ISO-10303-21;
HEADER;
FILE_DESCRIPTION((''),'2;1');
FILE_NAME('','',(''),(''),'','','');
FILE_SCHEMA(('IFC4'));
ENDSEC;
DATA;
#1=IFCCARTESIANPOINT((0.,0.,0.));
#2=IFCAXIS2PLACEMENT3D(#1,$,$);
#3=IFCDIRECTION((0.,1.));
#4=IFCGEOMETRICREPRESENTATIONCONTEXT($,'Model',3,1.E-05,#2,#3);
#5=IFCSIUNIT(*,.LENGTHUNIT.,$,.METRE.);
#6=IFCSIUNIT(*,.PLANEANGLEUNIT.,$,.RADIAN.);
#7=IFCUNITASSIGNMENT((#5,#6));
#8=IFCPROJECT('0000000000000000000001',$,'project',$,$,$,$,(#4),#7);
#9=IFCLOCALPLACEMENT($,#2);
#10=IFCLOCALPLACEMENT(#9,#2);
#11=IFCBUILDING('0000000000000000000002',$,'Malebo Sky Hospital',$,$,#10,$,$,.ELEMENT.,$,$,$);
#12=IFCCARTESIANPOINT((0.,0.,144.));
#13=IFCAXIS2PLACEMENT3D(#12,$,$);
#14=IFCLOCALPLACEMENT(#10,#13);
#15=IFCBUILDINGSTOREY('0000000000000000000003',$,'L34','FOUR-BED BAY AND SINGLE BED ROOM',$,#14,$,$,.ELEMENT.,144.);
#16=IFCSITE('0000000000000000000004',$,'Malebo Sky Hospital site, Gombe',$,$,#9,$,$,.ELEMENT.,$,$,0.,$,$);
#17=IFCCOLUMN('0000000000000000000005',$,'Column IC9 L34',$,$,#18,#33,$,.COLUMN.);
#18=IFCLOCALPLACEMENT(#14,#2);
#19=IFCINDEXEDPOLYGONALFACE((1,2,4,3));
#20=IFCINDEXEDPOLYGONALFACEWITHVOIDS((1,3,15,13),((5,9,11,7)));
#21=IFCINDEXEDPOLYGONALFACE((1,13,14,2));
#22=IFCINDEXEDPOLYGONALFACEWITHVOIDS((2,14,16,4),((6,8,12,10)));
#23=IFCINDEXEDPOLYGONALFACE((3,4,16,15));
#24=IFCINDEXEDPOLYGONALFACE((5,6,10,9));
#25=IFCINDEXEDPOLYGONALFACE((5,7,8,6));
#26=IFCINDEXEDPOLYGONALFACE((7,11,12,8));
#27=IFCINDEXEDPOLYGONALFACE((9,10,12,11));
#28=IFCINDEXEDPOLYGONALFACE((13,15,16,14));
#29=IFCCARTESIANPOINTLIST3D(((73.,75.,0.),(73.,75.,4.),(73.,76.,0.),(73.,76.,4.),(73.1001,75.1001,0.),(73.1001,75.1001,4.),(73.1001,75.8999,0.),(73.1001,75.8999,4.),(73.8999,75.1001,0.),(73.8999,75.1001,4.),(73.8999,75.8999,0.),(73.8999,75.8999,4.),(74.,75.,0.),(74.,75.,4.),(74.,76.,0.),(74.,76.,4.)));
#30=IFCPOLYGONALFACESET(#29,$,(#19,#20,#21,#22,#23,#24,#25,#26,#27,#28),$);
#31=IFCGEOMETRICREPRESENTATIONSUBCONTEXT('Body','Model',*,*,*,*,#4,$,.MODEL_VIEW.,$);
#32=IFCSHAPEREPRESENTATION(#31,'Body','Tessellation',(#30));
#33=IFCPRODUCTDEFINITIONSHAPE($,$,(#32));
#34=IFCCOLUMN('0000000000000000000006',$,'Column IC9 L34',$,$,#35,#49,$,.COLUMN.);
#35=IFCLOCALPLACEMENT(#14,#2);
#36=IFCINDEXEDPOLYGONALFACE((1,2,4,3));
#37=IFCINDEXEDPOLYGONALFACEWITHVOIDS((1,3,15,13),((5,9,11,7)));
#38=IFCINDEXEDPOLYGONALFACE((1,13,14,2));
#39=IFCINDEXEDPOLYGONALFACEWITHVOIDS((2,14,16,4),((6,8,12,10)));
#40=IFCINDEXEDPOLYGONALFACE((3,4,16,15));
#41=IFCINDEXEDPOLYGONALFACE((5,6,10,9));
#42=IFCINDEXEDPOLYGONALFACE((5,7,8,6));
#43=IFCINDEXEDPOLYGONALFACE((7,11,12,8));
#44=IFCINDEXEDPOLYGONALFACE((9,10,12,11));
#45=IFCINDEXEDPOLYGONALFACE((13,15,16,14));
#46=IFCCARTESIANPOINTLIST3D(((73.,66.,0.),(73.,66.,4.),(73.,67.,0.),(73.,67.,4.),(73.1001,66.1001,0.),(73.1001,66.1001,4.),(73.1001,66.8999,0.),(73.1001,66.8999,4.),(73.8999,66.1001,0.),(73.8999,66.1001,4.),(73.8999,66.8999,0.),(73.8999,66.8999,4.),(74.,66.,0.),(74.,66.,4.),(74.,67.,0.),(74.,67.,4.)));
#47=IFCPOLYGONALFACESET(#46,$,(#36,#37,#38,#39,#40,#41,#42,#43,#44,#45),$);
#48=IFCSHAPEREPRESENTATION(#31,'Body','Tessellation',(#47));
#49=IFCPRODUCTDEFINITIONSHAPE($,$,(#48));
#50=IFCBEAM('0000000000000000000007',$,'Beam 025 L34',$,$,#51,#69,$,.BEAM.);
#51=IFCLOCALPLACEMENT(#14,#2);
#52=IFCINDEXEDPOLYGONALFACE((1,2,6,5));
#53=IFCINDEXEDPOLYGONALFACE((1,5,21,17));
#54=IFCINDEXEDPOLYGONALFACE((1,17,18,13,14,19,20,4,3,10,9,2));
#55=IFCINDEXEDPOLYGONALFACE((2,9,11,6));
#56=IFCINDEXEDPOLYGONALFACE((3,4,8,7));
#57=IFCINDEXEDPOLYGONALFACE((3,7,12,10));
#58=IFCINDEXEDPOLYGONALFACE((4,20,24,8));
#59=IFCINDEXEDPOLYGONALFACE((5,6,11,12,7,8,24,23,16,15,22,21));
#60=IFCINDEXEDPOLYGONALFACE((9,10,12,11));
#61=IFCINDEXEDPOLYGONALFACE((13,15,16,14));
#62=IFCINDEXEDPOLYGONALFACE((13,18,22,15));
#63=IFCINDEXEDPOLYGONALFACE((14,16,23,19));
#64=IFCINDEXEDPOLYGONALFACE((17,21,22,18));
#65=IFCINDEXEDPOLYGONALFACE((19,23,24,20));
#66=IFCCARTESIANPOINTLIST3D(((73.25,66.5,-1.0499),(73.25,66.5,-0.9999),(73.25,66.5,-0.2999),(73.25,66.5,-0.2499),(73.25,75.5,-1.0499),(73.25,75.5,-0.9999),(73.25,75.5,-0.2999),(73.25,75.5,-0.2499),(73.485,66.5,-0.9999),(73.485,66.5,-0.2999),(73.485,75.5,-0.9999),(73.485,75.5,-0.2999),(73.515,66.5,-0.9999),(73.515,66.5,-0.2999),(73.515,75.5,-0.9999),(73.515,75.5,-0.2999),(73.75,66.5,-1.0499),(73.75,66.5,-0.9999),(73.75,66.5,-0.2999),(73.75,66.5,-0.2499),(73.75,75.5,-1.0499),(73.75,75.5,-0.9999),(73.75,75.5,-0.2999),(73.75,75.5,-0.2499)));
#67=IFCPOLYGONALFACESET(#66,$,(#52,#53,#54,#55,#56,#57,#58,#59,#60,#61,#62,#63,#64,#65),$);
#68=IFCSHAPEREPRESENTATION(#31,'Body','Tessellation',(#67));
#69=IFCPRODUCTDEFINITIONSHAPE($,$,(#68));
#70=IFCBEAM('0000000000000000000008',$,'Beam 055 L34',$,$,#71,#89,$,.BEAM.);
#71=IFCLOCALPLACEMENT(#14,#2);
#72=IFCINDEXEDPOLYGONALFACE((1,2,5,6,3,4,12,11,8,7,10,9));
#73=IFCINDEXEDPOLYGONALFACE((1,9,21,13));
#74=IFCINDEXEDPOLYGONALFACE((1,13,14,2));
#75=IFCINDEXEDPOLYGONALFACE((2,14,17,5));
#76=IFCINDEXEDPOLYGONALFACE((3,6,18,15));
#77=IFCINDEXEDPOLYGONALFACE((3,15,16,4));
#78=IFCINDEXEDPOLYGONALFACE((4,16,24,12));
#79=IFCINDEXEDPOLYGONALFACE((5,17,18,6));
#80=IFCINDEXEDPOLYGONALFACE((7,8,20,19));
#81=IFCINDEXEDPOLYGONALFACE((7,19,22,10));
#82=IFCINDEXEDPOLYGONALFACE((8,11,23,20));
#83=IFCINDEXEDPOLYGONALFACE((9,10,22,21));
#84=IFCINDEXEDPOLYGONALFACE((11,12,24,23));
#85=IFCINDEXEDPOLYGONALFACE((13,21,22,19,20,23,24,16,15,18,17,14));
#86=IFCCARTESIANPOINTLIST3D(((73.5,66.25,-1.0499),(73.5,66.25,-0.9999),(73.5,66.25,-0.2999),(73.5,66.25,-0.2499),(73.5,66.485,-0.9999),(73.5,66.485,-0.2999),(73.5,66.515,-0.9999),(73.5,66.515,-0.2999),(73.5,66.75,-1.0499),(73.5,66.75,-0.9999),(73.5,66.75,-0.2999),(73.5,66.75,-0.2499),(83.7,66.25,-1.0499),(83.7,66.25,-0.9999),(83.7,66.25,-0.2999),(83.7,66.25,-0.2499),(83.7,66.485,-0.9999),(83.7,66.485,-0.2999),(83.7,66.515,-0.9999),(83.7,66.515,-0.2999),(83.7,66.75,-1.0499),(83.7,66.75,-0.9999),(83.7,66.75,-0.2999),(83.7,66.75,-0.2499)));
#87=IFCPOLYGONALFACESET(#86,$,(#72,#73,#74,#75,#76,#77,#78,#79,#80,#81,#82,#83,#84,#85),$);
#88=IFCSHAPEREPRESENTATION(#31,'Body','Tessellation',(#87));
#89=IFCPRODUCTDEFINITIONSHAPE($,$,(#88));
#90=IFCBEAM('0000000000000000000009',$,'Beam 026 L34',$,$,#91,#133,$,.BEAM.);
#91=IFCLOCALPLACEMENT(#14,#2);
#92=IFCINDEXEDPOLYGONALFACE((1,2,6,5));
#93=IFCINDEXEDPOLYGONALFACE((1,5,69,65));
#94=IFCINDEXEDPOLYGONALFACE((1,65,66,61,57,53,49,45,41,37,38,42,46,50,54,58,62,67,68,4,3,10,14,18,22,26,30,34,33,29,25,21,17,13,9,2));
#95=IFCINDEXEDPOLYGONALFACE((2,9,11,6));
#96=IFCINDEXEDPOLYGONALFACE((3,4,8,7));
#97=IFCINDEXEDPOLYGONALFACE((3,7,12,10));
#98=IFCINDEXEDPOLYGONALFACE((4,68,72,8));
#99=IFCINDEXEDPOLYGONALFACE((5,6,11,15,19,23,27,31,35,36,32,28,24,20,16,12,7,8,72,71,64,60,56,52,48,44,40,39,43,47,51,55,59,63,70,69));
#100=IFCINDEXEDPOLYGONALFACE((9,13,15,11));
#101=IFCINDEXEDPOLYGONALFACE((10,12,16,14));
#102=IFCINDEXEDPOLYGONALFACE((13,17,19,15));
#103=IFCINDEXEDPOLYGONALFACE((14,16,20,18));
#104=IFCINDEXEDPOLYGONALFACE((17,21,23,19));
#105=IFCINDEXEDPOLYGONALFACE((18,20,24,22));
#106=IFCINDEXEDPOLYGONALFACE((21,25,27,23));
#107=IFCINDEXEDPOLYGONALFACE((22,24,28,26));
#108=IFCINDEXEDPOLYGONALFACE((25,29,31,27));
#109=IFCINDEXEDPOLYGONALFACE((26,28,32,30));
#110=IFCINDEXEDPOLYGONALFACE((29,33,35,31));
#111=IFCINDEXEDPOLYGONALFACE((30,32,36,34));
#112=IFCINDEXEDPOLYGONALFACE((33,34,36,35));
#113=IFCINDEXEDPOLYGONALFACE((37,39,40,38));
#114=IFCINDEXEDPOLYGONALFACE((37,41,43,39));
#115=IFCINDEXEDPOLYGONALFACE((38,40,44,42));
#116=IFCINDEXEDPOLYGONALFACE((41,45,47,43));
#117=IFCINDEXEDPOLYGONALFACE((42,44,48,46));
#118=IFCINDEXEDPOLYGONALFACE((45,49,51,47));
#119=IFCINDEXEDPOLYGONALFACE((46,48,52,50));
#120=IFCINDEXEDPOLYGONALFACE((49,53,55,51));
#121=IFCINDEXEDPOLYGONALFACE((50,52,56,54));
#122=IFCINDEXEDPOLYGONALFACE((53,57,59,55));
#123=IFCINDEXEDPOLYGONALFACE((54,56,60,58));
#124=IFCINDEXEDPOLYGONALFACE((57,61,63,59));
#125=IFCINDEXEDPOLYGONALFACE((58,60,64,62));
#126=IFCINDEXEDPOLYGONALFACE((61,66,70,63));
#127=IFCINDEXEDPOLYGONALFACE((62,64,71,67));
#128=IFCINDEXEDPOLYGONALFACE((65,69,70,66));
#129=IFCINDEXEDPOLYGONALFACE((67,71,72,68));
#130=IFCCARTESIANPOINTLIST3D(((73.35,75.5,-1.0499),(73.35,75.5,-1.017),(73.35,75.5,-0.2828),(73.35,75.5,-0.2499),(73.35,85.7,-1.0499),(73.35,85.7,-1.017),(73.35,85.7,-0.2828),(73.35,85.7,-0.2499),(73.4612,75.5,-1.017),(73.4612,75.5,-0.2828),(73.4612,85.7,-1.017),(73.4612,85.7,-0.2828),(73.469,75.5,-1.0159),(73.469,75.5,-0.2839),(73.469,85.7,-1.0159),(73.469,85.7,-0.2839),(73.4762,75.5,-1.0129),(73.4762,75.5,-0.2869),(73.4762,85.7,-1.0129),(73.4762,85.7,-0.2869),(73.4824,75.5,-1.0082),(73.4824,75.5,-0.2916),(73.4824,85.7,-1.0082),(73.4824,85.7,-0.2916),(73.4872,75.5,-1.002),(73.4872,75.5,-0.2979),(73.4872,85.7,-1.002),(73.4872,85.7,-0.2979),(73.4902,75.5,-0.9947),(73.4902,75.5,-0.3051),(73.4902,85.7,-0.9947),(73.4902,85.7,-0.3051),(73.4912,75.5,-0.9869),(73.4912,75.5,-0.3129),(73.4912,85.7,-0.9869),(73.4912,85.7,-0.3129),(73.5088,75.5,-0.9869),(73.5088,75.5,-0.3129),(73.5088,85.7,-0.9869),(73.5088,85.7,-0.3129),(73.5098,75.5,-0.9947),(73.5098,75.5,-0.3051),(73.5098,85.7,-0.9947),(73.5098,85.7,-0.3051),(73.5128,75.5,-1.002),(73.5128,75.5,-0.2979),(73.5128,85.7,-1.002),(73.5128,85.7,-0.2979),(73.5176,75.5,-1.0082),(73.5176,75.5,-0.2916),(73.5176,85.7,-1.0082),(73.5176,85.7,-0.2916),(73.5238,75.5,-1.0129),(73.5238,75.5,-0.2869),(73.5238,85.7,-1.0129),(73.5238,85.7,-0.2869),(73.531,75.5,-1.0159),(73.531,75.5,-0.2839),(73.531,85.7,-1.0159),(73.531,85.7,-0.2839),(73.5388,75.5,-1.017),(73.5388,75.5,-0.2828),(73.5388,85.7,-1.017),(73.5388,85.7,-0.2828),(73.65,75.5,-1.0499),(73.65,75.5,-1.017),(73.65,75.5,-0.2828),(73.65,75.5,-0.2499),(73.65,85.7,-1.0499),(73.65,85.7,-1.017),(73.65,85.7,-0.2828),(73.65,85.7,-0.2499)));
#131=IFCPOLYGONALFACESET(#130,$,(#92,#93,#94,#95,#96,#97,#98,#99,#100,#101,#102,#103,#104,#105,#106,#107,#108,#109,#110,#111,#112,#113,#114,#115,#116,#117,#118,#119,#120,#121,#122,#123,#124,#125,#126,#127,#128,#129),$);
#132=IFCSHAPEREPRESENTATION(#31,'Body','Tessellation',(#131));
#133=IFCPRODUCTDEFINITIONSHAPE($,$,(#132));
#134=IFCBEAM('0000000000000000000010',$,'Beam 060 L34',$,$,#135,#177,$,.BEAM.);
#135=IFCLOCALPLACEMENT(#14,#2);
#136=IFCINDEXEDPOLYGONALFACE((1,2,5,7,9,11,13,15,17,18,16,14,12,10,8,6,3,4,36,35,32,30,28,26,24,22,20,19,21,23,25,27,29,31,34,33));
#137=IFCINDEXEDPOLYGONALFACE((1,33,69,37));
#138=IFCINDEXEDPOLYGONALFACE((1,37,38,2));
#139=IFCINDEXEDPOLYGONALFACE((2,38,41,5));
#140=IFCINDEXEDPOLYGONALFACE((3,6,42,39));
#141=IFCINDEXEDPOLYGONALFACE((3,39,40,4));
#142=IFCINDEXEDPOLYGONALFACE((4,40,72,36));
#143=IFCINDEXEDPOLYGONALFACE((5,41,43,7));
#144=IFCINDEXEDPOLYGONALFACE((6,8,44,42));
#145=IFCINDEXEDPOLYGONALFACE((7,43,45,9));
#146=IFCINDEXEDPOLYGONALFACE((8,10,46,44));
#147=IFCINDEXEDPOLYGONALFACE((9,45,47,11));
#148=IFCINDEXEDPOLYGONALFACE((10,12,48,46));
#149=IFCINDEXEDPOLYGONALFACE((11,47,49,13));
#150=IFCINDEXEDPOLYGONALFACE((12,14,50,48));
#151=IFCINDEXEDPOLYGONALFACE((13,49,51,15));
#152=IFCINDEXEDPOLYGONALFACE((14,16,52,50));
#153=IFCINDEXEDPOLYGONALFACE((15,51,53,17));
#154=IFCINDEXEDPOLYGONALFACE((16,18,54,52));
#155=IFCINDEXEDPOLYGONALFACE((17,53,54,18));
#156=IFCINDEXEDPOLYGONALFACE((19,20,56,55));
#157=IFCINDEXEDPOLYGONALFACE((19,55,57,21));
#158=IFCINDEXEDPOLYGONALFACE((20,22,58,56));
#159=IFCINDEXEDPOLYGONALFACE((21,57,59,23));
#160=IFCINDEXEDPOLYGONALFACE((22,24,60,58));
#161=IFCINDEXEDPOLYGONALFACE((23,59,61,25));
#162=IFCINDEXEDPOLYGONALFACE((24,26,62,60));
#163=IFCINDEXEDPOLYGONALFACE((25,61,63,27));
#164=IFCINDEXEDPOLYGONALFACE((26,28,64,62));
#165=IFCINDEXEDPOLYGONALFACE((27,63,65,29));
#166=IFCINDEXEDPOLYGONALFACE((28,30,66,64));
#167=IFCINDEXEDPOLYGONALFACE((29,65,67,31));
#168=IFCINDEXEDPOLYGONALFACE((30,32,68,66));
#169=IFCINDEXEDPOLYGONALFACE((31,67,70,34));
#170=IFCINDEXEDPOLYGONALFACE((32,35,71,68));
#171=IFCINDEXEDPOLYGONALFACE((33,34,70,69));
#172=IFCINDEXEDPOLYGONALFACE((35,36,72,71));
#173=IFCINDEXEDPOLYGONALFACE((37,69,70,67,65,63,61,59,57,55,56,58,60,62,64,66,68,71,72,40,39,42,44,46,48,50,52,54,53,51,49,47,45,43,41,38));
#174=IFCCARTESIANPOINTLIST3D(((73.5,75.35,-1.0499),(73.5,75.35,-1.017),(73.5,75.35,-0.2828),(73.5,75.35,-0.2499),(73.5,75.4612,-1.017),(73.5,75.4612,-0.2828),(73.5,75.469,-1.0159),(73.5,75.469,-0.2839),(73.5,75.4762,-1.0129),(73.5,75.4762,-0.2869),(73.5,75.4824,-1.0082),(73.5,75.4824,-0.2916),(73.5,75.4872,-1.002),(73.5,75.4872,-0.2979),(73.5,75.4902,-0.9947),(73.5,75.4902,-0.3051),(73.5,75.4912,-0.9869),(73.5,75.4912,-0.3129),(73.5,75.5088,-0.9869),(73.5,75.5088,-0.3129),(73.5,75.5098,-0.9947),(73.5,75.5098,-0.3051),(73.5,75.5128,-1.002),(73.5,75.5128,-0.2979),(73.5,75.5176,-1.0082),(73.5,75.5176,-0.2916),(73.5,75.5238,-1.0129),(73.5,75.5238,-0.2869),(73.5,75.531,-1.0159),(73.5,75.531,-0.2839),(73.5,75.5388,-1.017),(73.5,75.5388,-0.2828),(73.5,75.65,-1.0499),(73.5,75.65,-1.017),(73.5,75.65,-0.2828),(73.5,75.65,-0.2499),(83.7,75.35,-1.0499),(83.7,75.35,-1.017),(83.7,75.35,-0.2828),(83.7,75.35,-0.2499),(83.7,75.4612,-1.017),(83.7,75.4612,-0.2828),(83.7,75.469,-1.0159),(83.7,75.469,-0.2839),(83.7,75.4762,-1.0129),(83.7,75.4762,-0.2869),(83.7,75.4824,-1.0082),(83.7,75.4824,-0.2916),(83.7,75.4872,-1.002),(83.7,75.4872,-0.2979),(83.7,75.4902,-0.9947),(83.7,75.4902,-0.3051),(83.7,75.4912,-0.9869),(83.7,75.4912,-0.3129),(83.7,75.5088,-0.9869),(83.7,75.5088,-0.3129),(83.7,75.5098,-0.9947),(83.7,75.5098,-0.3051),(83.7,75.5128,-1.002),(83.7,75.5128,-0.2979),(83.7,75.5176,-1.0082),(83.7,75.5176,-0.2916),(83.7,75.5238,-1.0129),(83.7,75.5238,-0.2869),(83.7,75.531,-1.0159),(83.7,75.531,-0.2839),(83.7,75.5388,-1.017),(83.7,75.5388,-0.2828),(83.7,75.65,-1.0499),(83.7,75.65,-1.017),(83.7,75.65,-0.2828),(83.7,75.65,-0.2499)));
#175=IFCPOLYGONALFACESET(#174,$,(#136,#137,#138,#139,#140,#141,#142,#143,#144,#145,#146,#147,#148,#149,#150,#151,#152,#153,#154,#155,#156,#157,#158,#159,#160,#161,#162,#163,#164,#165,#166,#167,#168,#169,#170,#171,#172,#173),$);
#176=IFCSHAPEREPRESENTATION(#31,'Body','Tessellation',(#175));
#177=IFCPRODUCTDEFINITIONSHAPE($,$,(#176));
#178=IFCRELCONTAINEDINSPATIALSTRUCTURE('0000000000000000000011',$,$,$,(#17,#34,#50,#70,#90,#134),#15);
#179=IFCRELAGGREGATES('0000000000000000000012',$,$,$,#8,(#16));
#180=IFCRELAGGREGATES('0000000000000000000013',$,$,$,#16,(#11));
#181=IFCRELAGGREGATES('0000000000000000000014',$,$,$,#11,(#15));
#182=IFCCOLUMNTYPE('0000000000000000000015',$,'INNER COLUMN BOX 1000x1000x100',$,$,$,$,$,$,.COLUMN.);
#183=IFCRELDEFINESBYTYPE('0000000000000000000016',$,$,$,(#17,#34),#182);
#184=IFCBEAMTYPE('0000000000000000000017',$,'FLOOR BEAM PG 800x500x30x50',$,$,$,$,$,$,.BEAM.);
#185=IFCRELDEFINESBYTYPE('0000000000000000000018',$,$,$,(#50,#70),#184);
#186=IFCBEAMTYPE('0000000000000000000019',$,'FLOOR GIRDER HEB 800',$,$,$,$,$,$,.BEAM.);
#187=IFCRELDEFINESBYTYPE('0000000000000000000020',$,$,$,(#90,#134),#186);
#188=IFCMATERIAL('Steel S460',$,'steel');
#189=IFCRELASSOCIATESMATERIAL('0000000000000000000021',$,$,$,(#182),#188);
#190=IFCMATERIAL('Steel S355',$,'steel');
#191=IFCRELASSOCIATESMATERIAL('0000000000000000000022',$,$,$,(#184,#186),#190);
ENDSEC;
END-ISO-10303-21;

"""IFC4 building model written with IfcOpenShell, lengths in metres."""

from ifc_helpers import new_model, si_unit, direction, frame, origin, origin_2d, place, context, subcontext, project, spatial, hollow_rectangle, i_section, extrude, material, material_profile, profile_set, type_object, element, save


model = new_model("IFC4")

# Units and contexts
model_context = context("Model", 3, precision=1e-05, world=origin(), true_north=direction((0.0, 1.0)))
body_context = subcontext(model_context, "Body", "Model", "MODEL_VIEW")
ifc_project = project(units=[si_unit("LENGTHUNIT", "METRE"), si_unit("PLANEANGLEUNIT", "RADIAN")], contexts=[model_context])

# Site, building, storey
site_placement = place(None, origin())
site = spatial("IfcSite", under=ifc_project, at=site_placement, Name="Malebo Sky Hospital site, Gombe", CompositionType="ELEMENT", RefElevation=0.0)
building_placement = place(site_placement, origin())
building = spatial("IfcBuilding", under=site, at=building_placement, Name="Malebo Sky Hospital", CompositionType="ELEMENT")
storey_placement = place(building_placement, frame((0.0, 0.0, 144.0)))
storey = spatial("IfcBuildingStorey", under=building, at=storey_placement, Name="L34", Description="FOUR-BED BAY AND SINGLE BED ROOM", CompositionType="ELEMENT", Elevation=144.0)

# Columns
ifc_material_1 = material(Name="Steel S460", Category="steel")
ifc_material_profile_1 = material_profile(ifc_material_1, hollow_rectangle(XDim=1.0, YDim=1.0, WallThickness=0.1001, at=origin_2d()), Name="BOX 1000x1000x100")
ifc_profile_set_1 = profile_set([ifc_material_profile_1], Name="Steel S460")
column_type = type_object("IfcColumnType", Name="INNER COLUMN BOX 1000x1000x100", PredefinedType="COLUMN", material=ifc_profile_set_1)
for number, where, z_axis, x_axis, name in (
    (1, (73.5, 75.5, 0.0), (0.0, 0.0, 1.0), (1.0, 0.0, 0.0), "Column IC9 L34"),
    (2, (73.5, 66.5, 0.0), (0.0, 0.0, 1.0), (1.0, 0.0, 0.0), "Column IC9 L34"),
):
    element("IfcColumn", number, at=place(storey_placement, frame(where, z_axis=z_axis, x_axis=x_axis)), inside=storey, type_object=column_type, Name=name, PredefinedType="COLUMN", context=body_context, shape_type="SweptSolid", body=[
        extrude(hollow_rectangle(XDim=1.0, YDim=1.0, WallThickness=0.1001, at=origin_2d()), origin(), (0.0, 0.0, 1.0), 4.0),
    ])

# Beams
ifc_material_2 = material(Name="Steel S355", Category="steel")
ifc_material_profile_2 = material_profile(ifc_material_2, i_section(OverallWidth=0.5, OverallDepth=0.8, WebThickness=0.03, FlangeThickness=0.05, at=origin_2d()), Name="PG 800x500x30x50")
ifc_profile_set_2 = profile_set([ifc_material_profile_2], Name="Steel S355")
beam_type_1 = type_object("IfcBeamType", Name="FLOOR BEAM PG 800x500x30x50", PredefinedType="BEAM", material=ifc_profile_set_2)
beam_1_placement = place(storey_placement, frame((73.5, 66.5, -0.6499), z_axis=(0.0, 1.0, 0.0), x_axis=(-1.0, 0.0, 0.0)))
element("IfcBeam", 3, at=beam_1_placement, inside=storey, type_object=beam_type_1, Name="Beam 025 L34", PredefinedType="BEAM", context=body_context, shape_type="SweptSolid", body=[
    extrude(i_section(OverallWidth=0.5, OverallDepth=0.8, WebThickness=0.03, FlangeThickness=0.05, at=origin_2d()), origin(), (0.0, 0.0, 1.0), 9.0),
])
beam_2_placement = place(storey_placement, frame((73.5, 66.5, -0.6499), z_axis=(1.0, 0.0, 0.0), x_axis=(0.0, 1.0, 0.0)))
element("IfcBeam", 4, at=beam_2_placement, inside=storey, type_object=beam_type_1, Name="Beam 055 L34", PredefinedType="BEAM", context=body_context, shape_type="SweptSolid", body=[
    extrude(i_section(OverallWidth=0.5, OverallDepth=0.8, WebThickness=0.03, FlangeThickness=0.05, at=origin_2d()), origin(), (0.0, 0.0, 1.0), 10.2),
])
ifc_material_profile_3 = material_profile(ifc_material_2, i_section(OverallWidth=0.3, OverallDepth=0.8, WebThickness=0.0176, FlangeThickness=0.033, FilletRadius=0.03, at=origin_2d()), Name="HEB 800")
ifc_profile_set_3 = profile_set([ifc_material_profile_3], Name="Steel S355")
beam_type_2 = type_object("IfcBeamType", Name="FLOOR GIRDER HEB 800", PredefinedType="BEAM", material=ifc_profile_set_3)
for number, where, z_axis, x_axis, name in (
    (5, (73.5, 75.5, -0.6499), (0.0, 1.0, 0.0), (-1.0, 0.0, 0.0), "Beam 026 L34"),
    (6, (73.5, 75.5, -0.6499), (1.0, 0.0, 0.0), (0.0, 1.0, 0.0), "Beam 060 L34"),
):
    element("IfcBeam", number, at=place(storey_placement, frame(where, z_axis=z_axis, x_axis=x_axis)), inside=storey, type_object=beam_type_2, Name=name, PredefinedType="BEAM", context=body_context, shape_type="SweptSolid", body=[
        extrude(i_section(OverallWidth=0.3, OverallDepth=0.8, WebThickness=0.0176, FlangeThickness=0.033, FilletRadius=0.03, at=origin_2d()), origin(), (0.0, 0.0, 1.0), 10.2),
    ])

save(model, "model.ifc")
